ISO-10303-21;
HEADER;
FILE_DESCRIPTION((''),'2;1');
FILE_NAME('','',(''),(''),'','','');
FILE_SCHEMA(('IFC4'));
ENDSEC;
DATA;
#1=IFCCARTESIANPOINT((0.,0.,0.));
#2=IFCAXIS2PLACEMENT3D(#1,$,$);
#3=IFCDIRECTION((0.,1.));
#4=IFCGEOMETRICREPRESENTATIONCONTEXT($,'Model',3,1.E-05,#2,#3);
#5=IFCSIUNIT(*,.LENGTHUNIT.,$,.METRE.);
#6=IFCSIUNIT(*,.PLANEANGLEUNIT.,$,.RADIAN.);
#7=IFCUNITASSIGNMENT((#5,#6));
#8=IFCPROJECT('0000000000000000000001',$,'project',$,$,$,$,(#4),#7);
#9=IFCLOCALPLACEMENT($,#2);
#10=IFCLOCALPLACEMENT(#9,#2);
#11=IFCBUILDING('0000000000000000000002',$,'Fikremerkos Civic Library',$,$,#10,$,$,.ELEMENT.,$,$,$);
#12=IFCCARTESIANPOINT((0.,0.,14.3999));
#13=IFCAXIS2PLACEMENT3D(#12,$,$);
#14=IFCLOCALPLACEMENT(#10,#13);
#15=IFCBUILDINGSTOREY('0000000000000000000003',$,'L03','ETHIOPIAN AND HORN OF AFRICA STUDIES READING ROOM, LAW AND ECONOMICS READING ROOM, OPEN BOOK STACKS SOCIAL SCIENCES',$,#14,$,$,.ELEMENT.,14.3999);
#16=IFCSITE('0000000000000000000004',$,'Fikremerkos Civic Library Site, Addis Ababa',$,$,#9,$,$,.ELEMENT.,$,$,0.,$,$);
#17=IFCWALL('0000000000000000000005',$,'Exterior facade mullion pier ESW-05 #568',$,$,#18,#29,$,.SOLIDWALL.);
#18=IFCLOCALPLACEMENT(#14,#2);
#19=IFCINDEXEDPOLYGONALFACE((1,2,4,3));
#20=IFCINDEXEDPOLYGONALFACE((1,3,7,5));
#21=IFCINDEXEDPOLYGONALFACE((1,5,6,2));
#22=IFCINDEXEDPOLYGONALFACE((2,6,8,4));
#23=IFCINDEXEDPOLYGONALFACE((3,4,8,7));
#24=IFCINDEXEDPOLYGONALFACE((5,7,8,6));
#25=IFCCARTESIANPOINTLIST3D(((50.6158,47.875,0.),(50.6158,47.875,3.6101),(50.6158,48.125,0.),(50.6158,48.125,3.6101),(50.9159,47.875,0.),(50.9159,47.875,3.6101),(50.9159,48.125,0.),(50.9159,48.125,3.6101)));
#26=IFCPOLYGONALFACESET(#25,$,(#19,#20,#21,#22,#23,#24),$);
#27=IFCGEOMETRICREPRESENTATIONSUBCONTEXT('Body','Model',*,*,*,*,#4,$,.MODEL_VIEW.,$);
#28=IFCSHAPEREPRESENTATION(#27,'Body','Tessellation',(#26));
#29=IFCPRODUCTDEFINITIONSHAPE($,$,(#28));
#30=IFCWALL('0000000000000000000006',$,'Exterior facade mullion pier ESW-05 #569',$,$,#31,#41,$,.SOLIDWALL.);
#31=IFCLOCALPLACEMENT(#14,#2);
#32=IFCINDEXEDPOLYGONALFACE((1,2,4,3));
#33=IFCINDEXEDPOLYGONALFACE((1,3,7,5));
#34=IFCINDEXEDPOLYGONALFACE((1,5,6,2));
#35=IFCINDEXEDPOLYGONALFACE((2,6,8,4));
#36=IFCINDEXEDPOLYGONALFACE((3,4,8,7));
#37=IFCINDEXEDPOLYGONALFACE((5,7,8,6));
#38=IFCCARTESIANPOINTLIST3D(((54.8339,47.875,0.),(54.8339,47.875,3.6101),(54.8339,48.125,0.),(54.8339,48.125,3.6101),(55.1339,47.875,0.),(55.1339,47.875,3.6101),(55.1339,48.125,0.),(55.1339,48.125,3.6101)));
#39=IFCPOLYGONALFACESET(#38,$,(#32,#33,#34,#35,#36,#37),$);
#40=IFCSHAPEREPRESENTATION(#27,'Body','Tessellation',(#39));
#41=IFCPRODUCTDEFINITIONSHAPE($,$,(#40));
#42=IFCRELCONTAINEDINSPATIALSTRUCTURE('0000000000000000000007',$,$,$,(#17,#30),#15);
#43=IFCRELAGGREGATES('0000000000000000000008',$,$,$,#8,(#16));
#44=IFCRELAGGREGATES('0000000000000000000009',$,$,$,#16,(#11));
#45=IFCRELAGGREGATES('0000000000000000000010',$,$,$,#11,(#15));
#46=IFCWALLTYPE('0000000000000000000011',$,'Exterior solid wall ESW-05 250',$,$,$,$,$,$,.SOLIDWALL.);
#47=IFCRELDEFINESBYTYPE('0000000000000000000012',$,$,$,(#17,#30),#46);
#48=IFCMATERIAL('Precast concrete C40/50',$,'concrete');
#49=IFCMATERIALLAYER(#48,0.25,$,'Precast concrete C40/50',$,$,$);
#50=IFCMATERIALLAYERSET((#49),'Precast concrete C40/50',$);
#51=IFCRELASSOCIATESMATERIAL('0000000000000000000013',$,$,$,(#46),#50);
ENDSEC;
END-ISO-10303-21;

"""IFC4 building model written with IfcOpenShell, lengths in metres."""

from ifc_helpers import new_model, si_unit, direction, frame, frame_2d, origin, place, context, subcontext, project, spatial, rectangle, extrude, material, layer, layer_set, type_object, element, save


model = new_model("IFC4")

# Units and contexts
model_context = context("Model", 3, precision=1e-05, world=origin(), true_north=direction((0.0, 1.0)))
body_context = subcontext(model_context, "Body", "Model", "MODEL_VIEW")
ifc_project = project(units=[si_unit("LENGTHUNIT", "METRE"), si_unit("PLANEANGLEUNIT", "RADIAN")], contexts=[model_context])

# Site, building, storey
site_placement = place(None, origin())
site = spatial("IfcSite", under=ifc_project, at=site_placement, Name="Fikremerkos Civic Library Site, Addis Ababa", CompositionType="ELEMENT", RefElevation=0.0)
building_placement = place(site_placement, origin())
building = spatial("IfcBuilding", under=site, at=building_placement, Name="Fikremerkos Civic Library", CompositionType="ELEMENT")
storey_placement = place(building_placement, frame((0.0, 0.0, 14.3999)))
storey = spatial("IfcBuildingStorey", under=building, at=storey_placement, Name="L03", Description="ETHIOPIAN AND HORN OF AFRICA STUDIES READING ROOM, LAW AND ECONOMICS READING ROOM, OPEN BOOK STACKS SOCIAL SCIENCES", CompositionType="ELEMENT", Elevation=14.3999)

# Walls
ifc_material_1 = material(Name="Precast concrete C40/50", Category="concrete")
ifc_layer_1 = layer(ifc_material_1, 0.25, Name="Precast concrete C40/50")
ifc_layer_set_1 = layer_set([ifc_layer_1], Name="Precast concrete C40/50")
wall_type = type_object("IfcWallType", Name="Exterior solid wall ESW-05 250", PredefinedType="SOLIDWALL", material=ifc_layer_set_1)
for number, where, z_axis, x_axis, name in (
    (1, (50.616, 48.0, 0.0), (0.0, 0.0, 1.0), (1.0, 0.0, 0.0), "Exterior facade mullion pier ESW-05 #568"),
    (2, (54.834, 48.0, 0.0), (0.0, 0.0, 1.0), (1.0, 0.0, 0.0), "Exterior facade mullion pier ESW-05 #569"),
):
    element("IfcWall", number, at=place(storey_placement, frame(where, z_axis=z_axis, x_axis=x_axis)), inside=storey, type_object=wall_type, Name=name, PredefinedType="SOLIDWALL", context=body_context, shape_type="SweptSolid", body=[
        extrude(rectangle(XDim=0.3, YDim=0.25, at=frame_2d((0.1499, 0.0))), origin(), (0.0, 0.0, 1.0), 3.6101),
    ])

save(model, "model.ifc")
